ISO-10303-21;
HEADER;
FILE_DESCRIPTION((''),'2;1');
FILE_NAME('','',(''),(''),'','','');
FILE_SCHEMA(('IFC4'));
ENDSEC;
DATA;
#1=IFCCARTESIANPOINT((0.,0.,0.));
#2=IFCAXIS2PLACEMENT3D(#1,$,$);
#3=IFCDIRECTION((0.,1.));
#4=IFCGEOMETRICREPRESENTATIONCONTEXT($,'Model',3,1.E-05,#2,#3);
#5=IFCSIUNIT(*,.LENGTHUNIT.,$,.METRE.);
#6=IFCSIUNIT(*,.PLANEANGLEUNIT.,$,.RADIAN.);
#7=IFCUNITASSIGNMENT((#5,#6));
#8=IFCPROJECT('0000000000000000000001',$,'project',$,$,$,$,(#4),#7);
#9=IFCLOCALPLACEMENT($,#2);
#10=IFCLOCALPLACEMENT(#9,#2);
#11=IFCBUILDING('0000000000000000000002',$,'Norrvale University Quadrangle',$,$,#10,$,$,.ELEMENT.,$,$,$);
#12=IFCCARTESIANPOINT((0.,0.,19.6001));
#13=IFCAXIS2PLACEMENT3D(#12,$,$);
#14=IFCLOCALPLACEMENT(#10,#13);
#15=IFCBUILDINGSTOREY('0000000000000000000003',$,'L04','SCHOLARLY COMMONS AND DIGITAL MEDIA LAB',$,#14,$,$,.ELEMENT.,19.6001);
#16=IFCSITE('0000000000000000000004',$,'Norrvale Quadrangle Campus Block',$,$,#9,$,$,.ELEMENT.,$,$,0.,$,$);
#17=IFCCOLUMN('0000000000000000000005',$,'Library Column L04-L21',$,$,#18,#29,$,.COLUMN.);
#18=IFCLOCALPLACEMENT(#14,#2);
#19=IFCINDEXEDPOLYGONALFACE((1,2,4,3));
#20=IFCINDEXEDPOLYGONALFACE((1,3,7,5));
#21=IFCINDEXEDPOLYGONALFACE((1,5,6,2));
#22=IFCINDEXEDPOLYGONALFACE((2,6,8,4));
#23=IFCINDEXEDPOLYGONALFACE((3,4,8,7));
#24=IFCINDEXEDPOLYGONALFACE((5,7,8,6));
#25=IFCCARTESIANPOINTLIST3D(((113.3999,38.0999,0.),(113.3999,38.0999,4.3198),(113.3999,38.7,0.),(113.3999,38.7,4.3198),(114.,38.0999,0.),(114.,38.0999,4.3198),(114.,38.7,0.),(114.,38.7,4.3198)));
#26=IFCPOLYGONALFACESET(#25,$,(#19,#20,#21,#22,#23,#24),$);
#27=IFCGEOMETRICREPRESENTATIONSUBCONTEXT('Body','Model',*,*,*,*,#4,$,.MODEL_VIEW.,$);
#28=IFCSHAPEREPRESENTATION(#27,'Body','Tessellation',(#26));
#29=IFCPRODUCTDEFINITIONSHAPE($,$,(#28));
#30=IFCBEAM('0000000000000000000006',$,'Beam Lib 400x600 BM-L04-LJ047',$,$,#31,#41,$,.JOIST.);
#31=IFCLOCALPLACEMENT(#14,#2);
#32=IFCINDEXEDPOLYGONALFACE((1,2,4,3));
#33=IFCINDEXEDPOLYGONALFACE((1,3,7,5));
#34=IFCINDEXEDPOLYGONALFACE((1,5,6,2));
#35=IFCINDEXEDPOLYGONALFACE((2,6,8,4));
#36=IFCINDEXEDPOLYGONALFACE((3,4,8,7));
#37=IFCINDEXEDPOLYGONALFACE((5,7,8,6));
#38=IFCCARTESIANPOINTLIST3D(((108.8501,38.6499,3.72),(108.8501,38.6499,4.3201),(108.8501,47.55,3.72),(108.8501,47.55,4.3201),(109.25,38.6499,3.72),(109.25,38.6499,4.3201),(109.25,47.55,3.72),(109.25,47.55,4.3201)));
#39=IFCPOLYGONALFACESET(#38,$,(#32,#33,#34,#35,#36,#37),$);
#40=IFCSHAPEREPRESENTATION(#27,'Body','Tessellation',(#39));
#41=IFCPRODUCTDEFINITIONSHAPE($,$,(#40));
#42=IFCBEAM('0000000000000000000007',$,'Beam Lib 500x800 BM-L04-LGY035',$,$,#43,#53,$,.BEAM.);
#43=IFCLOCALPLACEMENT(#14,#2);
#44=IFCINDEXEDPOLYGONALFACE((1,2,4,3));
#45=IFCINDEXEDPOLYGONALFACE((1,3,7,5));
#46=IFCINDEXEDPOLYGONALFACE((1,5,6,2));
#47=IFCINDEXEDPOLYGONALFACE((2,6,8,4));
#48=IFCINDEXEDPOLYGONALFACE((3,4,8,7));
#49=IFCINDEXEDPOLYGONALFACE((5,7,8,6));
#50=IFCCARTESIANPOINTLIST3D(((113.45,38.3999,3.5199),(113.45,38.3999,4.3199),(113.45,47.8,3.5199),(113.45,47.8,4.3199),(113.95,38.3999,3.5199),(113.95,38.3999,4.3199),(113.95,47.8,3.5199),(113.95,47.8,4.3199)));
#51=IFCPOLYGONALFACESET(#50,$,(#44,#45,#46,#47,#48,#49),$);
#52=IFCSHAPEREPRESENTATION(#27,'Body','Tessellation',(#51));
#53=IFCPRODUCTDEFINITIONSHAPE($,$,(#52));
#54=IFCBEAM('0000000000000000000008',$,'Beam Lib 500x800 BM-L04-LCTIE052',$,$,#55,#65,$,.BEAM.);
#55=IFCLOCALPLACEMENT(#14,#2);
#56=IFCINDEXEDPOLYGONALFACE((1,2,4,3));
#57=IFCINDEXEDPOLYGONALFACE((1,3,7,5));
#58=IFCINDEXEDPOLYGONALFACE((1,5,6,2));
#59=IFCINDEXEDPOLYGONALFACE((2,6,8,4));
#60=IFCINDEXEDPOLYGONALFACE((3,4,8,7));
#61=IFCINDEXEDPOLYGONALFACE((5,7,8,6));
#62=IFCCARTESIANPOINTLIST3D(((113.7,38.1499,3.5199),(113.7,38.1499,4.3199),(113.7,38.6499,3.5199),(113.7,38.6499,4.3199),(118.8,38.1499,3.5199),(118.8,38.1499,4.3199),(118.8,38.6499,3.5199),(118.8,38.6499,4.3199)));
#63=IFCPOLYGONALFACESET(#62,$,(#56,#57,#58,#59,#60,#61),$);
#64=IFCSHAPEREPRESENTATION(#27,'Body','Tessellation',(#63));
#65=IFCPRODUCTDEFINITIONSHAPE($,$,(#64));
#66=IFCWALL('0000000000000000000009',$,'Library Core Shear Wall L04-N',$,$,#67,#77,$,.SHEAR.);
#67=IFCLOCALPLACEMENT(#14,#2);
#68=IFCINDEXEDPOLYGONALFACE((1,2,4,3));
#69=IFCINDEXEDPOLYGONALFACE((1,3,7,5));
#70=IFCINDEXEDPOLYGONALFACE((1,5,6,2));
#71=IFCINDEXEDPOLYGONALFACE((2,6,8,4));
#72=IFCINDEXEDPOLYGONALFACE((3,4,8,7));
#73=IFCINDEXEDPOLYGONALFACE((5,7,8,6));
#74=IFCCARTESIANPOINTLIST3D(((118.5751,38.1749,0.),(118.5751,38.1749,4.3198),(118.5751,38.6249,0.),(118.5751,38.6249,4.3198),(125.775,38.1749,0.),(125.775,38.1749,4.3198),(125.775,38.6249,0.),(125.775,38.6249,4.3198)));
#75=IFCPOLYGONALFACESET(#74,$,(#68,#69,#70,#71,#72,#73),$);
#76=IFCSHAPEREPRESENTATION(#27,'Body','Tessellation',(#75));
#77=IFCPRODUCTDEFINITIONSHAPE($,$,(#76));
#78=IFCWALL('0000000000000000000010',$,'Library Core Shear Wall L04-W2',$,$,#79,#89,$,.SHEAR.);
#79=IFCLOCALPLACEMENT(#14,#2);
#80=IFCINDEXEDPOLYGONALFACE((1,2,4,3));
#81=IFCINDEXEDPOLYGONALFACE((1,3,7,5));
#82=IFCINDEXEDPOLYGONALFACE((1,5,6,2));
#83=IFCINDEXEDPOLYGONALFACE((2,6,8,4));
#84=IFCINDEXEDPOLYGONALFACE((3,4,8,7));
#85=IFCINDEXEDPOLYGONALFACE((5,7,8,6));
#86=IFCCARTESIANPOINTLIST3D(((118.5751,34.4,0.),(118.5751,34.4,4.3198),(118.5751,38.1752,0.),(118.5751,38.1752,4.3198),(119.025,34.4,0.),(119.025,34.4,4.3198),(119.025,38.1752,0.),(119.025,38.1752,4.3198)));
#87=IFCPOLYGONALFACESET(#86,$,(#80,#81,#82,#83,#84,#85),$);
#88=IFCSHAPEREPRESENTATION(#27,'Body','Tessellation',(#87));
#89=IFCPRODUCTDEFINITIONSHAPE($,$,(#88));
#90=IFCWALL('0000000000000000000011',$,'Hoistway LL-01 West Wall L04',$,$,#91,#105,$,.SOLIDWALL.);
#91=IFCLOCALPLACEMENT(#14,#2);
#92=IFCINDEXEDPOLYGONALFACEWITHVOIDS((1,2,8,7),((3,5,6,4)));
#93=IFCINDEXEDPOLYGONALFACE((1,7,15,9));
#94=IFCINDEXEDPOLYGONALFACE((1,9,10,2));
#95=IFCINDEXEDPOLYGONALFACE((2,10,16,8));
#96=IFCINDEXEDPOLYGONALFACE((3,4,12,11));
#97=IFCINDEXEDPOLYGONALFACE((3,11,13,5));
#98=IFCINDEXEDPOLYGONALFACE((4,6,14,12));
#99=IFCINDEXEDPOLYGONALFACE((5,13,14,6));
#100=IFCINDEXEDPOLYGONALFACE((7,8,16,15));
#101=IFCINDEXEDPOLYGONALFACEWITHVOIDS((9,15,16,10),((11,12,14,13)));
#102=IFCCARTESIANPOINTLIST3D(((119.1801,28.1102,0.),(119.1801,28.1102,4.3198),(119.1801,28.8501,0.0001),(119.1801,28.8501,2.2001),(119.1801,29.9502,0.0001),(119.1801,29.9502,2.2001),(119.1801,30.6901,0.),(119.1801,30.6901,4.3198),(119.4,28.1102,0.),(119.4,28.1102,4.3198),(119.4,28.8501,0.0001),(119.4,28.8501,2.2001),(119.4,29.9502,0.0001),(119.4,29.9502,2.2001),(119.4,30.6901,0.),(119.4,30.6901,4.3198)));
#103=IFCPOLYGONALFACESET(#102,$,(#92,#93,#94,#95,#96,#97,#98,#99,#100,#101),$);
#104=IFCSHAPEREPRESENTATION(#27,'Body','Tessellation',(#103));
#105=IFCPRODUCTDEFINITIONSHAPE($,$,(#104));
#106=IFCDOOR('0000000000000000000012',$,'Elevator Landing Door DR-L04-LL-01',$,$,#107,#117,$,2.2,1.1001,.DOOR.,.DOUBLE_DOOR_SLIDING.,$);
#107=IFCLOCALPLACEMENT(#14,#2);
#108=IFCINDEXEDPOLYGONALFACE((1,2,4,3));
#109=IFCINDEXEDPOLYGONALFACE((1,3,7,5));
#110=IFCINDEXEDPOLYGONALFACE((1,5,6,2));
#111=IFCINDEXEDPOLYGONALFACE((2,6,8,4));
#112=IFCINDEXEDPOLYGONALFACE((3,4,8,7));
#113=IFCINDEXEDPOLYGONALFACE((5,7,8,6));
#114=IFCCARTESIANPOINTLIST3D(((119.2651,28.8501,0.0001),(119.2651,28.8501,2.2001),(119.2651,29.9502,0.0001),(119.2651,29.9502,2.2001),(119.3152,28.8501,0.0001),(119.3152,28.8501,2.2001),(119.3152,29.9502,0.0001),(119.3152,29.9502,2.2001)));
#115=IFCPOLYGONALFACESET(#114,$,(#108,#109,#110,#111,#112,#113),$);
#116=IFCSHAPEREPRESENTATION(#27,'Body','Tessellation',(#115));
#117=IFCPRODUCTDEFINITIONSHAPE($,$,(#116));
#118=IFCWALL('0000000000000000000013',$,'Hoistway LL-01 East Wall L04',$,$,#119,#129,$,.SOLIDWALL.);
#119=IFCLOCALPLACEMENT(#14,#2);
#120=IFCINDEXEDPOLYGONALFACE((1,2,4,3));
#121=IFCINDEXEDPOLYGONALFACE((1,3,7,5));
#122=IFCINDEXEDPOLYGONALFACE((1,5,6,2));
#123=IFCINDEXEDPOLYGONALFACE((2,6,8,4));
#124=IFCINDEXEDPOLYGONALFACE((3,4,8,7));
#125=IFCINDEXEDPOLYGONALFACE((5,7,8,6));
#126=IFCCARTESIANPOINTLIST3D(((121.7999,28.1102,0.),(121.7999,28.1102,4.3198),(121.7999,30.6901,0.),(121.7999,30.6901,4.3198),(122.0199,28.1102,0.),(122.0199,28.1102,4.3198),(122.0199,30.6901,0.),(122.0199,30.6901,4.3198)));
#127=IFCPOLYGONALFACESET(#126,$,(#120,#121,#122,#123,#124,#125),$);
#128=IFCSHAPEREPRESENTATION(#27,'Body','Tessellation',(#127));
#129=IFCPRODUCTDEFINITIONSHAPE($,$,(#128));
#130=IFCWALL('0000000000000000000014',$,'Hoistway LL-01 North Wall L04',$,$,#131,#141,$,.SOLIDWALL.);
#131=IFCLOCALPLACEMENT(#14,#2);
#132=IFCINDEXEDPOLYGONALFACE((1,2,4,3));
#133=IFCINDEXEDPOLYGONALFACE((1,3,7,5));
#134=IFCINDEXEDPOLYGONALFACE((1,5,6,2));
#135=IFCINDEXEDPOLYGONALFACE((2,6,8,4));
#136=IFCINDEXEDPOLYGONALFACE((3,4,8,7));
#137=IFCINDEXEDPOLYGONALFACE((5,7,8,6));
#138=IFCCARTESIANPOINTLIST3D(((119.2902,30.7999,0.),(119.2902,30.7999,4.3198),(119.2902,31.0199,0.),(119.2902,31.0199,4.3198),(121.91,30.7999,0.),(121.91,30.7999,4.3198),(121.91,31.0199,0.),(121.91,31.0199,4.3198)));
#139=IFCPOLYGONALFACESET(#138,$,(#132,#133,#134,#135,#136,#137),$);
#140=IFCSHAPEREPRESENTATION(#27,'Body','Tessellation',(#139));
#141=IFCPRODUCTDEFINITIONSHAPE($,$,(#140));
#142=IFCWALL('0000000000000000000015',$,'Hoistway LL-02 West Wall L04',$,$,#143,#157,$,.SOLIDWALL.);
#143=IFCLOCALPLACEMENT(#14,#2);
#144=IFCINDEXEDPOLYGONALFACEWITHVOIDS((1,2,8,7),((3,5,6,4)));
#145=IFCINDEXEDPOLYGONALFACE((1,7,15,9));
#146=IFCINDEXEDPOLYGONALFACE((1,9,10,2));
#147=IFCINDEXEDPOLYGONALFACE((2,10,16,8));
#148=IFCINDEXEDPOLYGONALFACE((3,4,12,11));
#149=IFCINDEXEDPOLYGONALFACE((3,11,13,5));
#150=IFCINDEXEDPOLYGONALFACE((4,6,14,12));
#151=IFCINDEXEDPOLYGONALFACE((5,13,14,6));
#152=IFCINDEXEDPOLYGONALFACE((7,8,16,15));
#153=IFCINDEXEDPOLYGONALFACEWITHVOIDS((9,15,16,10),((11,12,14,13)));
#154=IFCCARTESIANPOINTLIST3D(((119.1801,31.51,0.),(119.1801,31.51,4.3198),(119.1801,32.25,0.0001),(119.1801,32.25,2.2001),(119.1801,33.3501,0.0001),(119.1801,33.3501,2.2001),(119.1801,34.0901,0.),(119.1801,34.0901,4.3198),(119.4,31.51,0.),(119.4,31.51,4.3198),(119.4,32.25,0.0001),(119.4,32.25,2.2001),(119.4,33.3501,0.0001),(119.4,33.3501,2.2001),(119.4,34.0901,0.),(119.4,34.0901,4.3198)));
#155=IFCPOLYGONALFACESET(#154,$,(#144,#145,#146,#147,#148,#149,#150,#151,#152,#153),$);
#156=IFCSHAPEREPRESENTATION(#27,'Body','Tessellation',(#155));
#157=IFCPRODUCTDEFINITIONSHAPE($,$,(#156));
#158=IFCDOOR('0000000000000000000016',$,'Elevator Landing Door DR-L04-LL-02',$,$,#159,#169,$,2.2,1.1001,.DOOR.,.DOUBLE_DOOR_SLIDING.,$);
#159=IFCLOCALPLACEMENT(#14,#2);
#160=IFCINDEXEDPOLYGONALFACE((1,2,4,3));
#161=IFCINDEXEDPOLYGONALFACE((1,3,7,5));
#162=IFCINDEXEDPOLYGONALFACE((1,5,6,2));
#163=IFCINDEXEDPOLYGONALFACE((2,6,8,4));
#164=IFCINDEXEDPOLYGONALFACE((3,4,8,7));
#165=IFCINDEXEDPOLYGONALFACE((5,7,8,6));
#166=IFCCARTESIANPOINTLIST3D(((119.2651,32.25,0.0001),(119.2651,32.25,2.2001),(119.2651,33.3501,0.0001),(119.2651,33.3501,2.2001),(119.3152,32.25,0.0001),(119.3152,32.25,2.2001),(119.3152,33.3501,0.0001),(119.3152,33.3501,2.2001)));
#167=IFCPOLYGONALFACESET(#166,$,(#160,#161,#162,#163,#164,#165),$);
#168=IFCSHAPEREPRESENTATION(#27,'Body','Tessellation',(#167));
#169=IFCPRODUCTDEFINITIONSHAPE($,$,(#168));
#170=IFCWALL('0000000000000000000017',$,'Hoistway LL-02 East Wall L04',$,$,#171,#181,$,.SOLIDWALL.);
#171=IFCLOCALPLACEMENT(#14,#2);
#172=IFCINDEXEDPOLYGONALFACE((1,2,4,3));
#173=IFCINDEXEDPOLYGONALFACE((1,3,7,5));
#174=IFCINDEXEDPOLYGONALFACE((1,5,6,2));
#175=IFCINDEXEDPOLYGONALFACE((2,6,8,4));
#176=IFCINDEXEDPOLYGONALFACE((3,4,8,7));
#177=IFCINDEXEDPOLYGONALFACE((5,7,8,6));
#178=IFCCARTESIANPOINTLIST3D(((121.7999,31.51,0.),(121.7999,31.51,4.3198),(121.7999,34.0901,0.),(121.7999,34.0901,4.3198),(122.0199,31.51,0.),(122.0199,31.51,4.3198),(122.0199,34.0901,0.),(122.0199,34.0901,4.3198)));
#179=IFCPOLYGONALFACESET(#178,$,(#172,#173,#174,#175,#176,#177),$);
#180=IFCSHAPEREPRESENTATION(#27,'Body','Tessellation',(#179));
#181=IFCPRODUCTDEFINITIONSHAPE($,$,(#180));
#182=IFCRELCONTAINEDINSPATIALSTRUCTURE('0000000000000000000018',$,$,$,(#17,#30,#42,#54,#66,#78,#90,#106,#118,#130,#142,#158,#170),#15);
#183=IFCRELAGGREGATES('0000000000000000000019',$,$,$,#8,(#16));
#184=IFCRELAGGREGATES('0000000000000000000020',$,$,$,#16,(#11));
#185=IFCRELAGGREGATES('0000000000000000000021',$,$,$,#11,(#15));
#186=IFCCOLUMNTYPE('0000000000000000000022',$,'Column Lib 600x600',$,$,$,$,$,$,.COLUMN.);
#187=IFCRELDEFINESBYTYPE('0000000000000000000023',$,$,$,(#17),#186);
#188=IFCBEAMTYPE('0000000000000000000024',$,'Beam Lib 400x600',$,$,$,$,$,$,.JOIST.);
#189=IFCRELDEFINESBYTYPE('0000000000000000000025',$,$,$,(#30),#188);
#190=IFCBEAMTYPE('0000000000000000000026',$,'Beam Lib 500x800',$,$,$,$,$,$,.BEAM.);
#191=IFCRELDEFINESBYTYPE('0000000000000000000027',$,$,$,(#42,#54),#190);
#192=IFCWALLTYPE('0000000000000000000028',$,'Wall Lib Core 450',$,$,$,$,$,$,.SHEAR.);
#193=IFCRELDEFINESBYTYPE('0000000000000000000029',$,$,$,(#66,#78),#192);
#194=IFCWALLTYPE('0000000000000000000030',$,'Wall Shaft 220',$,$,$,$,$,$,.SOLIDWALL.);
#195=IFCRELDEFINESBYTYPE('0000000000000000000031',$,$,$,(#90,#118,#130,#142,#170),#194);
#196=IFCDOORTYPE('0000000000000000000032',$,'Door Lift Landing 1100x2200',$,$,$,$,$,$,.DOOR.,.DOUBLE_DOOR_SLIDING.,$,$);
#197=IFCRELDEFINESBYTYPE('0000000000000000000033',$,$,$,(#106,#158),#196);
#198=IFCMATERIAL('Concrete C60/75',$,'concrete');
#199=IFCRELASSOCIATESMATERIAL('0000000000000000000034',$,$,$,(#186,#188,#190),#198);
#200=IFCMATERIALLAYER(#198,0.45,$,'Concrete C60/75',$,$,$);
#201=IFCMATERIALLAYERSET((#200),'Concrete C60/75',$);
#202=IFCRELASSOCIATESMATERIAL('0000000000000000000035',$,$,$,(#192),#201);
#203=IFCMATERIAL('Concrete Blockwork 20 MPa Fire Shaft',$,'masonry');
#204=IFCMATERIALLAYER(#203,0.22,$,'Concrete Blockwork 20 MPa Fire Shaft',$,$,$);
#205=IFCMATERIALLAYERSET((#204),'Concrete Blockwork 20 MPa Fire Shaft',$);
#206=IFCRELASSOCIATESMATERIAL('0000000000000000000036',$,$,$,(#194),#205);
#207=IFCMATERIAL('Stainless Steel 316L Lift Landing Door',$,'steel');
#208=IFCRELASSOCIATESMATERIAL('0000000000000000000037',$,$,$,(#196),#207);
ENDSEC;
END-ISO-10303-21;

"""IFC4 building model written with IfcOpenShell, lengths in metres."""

from ifc_helpers import new_model, si_unit, direction, frame, frame_2d, origin, origin_2d, place, context, subcontext, project, spatial, rectangle, extrude, material, layer, layer_set, material_profile, profile_set, type_object, element, fill, save


model = new_model("IFC4")

# Units and contexts
model_context = context("Model", 3, precision=1e-05, world=origin(), true_north=direction((0.0, 1.0)))
body_context = subcontext(model_context, "Body", "Model", "MODEL_VIEW")
ifc_project = project(units=[si_unit("LENGTHUNIT", "METRE"), si_unit("PLANEANGLEUNIT", "RADIAN")], contexts=[model_context])

# Site, building, storey
site_placement = place(None, origin())
site = spatial("IfcSite", under=ifc_project, at=site_placement, Name="Norrvale Quadrangle Campus Block", CompositionType="ELEMENT", RefElevation=0.0)
building_placement = place(site_placement, origin())
building = spatial("IfcBuilding", under=site, at=building_placement, Name="Norrvale University Quadrangle", CompositionType="ELEMENT")
storey_placement = place(building_placement, frame((0.0, 0.0, 19.6001)))
storey = spatial("IfcBuildingStorey", under=building, at=storey_placement, Name="L04", Description="SCHOLARLY COMMONS AND DIGITAL MEDIA LAB", CompositionType="ELEMENT", Elevation=19.6001)

# Column
ifc_material_1 = material(Name="Concrete C60/75", Category="concrete")
ifc_material_profile_1 = material_profile(ifc_material_1, rectangle(XDim=0.6001, YDim=0.6001, at=origin_2d()), Name="Concrete C60/75")
ifc_profile_set_1 = profile_set([ifc_material_profile_1], Name="Concrete C60/75")
column_type = type_object("IfcColumnType", Name="Column Lib 600x600", PredefinedType="COLUMN", material=ifc_profile_set_1)
column_placement = place(storey_placement, frame((113.7, 38.3999, 0.0), z_axis=(0.0, 0.0, 1.0), x_axis=(1.0, 0.0, 0.0)))
element("IfcColumn", 1, at=column_placement, inside=storey, type_object=column_type, Name="Library Column L04-L21", PredefinedType="COLUMN", context=body_context, shape_type="SweptSolid", body=[
    extrude(rectangle(XDim=0.6001, YDim=0.6001, at=origin_2d()), origin(), (0.0, 0.0, 1.0), 4.3198),
])

# Beams
ifc_material_profile_2 = material_profile(ifc_material_1, rectangle(XDim=0.3999, YDim=0.6001, at=origin_2d()), Name="Concrete C60/75")
ifc_profile_set_2 = profile_set([ifc_material_profile_2], Name="Concrete C60/75")
beam_type_1 = type_object("IfcBeamType", Name="Beam Lib 400x600", PredefinedType="JOIST", material=ifc_profile_set_2)
beam_1_placement = place(storey_placement, frame((109.05, 38.6499, 4.02), z_axis=(0.0, 1.0, 0.0), x_axis=(-1.0, 0.0, 0.0)))
element("IfcBeam", 2, at=beam_1_placement, inside=storey, type_object=beam_type_1, Name="Beam Lib 400x600 BM-L04-LJ047", PredefinedType="JOIST", context=body_context, shape_type="SweptSolid", body=[
    extrude(rectangle(XDim=0.3999, YDim=0.6001, at=origin_2d()), origin(), (0.0, 0.0, 1.0), 8.9001),
])
ifc_material_profile_3 = material_profile(ifc_material_1, rectangle(XDim=0.5, YDim=0.8, at=origin_2d()), Name="Concrete C60/75")
ifc_profile_set_3 = profile_set([ifc_material_profile_3], Name="Concrete C60/75")
beam_type_2 = type_object("IfcBeamType", Name="Beam Lib 500x800", PredefinedType="BEAM", material=ifc_profile_set_3)
beam_2_placement = place(storey_placement, frame((113.7, 38.3999, 3.9199), z_axis=(0.0, 1.0, 0.0), x_axis=(-1.0, 0.0, 0.0)))
element("IfcBeam", 3, at=beam_2_placement, inside=storey, type_object=beam_type_2, Name="Beam Lib 500x800 BM-L04-LGY035", PredefinedType="BEAM", context=body_context, shape_type="SweptSolid", body=[
    extrude(rectangle(XDim=0.5, YDim=0.8, at=origin_2d()), origin(), (0.0, 0.0, 1.0), 9.4001),
])
beam_3_placement = place(storey_placement, frame((113.7, 38.3999, 3.9199), z_axis=(1.0, 0.0, 0.0), x_axis=(0.0, 1.0, 0.0)))
element("IfcBeam", 4, at=beam_3_placement, inside=storey, type_object=beam_type_2, Name="Beam Lib 500x800 BM-L04-LCTIE052", PredefinedType="BEAM", context=body_context, shape_type="SweptSolid", body=[
    extrude(rectangle(XDim=0.5, YDim=0.8, at=origin_2d()), origin(), (0.0, 0.0, 1.0), 5.1001),
])

# Walls
ifc_layer_1 = layer(ifc_material_1, 0.45, Name="Concrete C60/75")
ifc_layer_set_1 = layer_set([ifc_layer_1], Name="Concrete C60/75")
wall_type_1 = type_object("IfcWallType", Name="Wall Lib Core 450", PredefinedType="SHEAR", material=ifc_layer_set_1)
wall_1_placement = place(storey_placement, frame((118.575, 38.3999, 0.0), z_axis=(0.0, 0.0, 1.0), x_axis=(1.0, 0.0, 0.0)))
element("IfcWall", 5, at=wall_1_placement, inside=storey, type_object=wall_type_1, Name="Library Core Shear Wall L04-N", PredefinedType="SHEAR", context=body_context, shape_type="SweptSolid", body=[
    extrude(rectangle(XDim=7.2, YDim=0.45, at=frame_2d((3.6001, 0.0))), origin(), (0.0, 0.0, 1.0), 4.3198),
])
wall_2_placement = place(storey_placement, frame((118.8, 34.3999, 0.0), z_axis=(0.0, 0.0, 1.0), x_axis=(0.0, 1.0, 0.0)))
element("IfcWall", 6, at=wall_2_placement, inside=storey, type_object=wall_type_1, Name="Library Core Shear Wall L04-W2", PredefinedType="SHEAR", context=body_context, shape_type="SweptSolid", body=[
    extrude(rectangle(XDim=3.7751, YDim=0.45, at=frame_2d((1.8877, 0.0))), origin(), (0.0, 0.0, 1.0), 4.3198),
])

# Wall, opening, door
ifc_material_2 = material(Name="Concrete Blockwork 20 MPa Fire Shaft", Category="masonry")
ifc_layer_2 = layer(ifc_material_2, 0.22, Name="Concrete Blockwork 20 MPa Fire Shaft")
ifc_layer_set_2 = layer_set([ifc_layer_2], Name="Concrete Blockwork 20 MPa Fire Shaft")
wall_type_2 = type_object("IfcWallType", Name="Wall Shaft 220", PredefinedType="SOLIDWALL", material=ifc_layer_set_2)
wall_3_placement = place(storey_placement, frame((119.29, 28.1101, 0.0), z_axis=(0.0, 0.0, 1.0), x_axis=(0.0, 1.0, 0.0)))
wall_3 = element("IfcWall", 7, at=wall_3_placement, inside=storey, type_object=wall_type_2, Name="Hoistway LL-01 West Wall L04", PredefinedType="SOLIDWALL", context=body_context, shape_type="SweptSolid", body=[
    extrude(rectangle(XDim=2.5798, YDim=0.22, at=frame_2d((1.29, 0.0))), origin(), (0.0, 0.0, 1.0), 4.3198),
])
opening_1_placement = place(wall_3_placement, frame((0.74, 0.0, 0.0)))
opening_1 = element("IfcOpeningElement", 8, at=opening_1_placement, cuts=wall_3, PredefinedType="OPENING", context=body_context, shape_type="SweptSolid", body=[
    extrude(rectangle(XDim=1.1001, YDim=2.2, at=frame_2d((0.55, 1.1001))), frame((0.0, 0.1221, 0.0), z_axis=(0.0, -1.0, 0.0), x_axis=(1.0, 0.0, 0.0)), (0.0, 0.0, 1.0), 0.2439),
])
ifc_material_3 = material(Name="Stainless Steel 316L Lift Landing Door", Category="steel")
door_type_1 = type_object("IfcDoorType", Name="Door Lift Landing 1100x2200", OperationType="DOUBLE_DOOR_SLIDING", PredefinedType="DOOR", material=ifc_material_3)
door_1_placement = place(opening_1_placement, origin())
door_1 = element("IfcDoor", 9, at=door_1_placement, inside=storey, type_object=door_type_1, Name="Elevator Landing Door DR-L04-LL-01", OperationType="DOUBLE_DOOR_SLIDING", OverallHeight=2.2, OverallWidth=1.1001, PredefinedType="DOOR", context=body_context, shape_type="SweptSolid", body=[
    extrude(rectangle(XDim=1.1001, YDim=2.2, at=frame_2d((0.55, 1.1001))), frame((0.0, 0.0249, 0.0), z_axis=(0.0, -1.0, 0.0), x_axis=(1.0, 0.0, 0.0)), (0.0, 0.0, 1.0), 0.05),
])
fill(opening_1, door_1)

# Walls
wall_4_placement = place(storey_placement, frame((121.9099, 28.1101, 0.0), z_axis=(0.0, 0.0, 1.0), x_axis=(0.0, 1.0, 0.0)))
element("IfcWall", 10, at=wall_4_placement, inside=storey, type_object=wall_type_2, Name="Hoistway LL-01 East Wall L04", PredefinedType="SOLIDWALL", context=body_context, shape_type="SweptSolid", body=[
    extrude(rectangle(XDim=2.5798, YDim=0.22, at=frame_2d((1.29, 0.0))), origin(), (0.0, 0.0, 1.0), 4.3198),
])
wall_5_placement = place(storey_placement, frame((119.29, 30.9099, 0.0), z_axis=(0.0, 0.0, 1.0), x_axis=(1.0, 0.0, 0.0)))
element("IfcWall", 11, at=wall_5_placement, inside=storey, type_object=wall_type_2, Name="Hoistway LL-01 North Wall L04", PredefinedType="SOLIDWALL", context=body_context, shape_type="SweptSolid", body=[
    extrude(rectangle(XDim=2.6199, YDim=0.22, at=frame_2d((1.3101, 0.0))), origin(), (0.0, 0.0, 1.0), 4.3198),
])

# Wall, opening, door
wall_6_placement = place(storey_placement, frame((119.29, 31.51, 0.0), z_axis=(0.0, 0.0, 1.0), x_axis=(0.0, 1.0, 0.0)))
wall_6 = element("IfcWall", 12, at=wall_6_placement, inside=storey, type_object=wall_type_2, Name="Hoistway LL-02 West Wall L04", PredefinedType="SOLIDWALL", context=body_context, shape_type="SweptSolid", body=[
    extrude(rectangle(XDim=2.5801, YDim=0.22, at=frame_2d((1.29, 0.0))), origin(), (0.0, 0.0, 1.0), 4.3198),
])
opening_2_placement = place(wall_6_placement, frame((0.74, 0.0, 0.0)))
opening_2 = element("IfcOpeningElement", 13, at=opening_2_placement, cuts=wall_6, PredefinedType="OPENING", context=body_context, shape_type="SweptSolid", body=[
    extrude(rectangle(XDim=1.1001, YDim=2.2, at=frame_2d((0.55, 1.1001))), frame((0.0, 0.1221, 0.0), z_axis=(0.0, -1.0, 0.0), x_axis=(1.0, 0.0, 0.0)), (0.0, 0.0, 1.0), 0.2439),
])
door_2_placement = place(opening_2_placement, origin())
door_2 = element("IfcDoor", 14, at=door_2_placement, inside=storey, type_object=door_type_1, Name="Elevator Landing Door DR-L04-LL-02", OperationType="DOUBLE_DOOR_SLIDING", OverallHeight=2.2, OverallWidth=1.1001, PredefinedType="DOOR", context=body_context, shape_type="SweptSolid", body=[
    extrude(rectangle(XDim=1.1001, YDim=2.2, at=frame_2d((0.55, 1.1001))), frame((0.0, 0.0249, 0.0), z_axis=(0.0, -1.0, 0.0), x_axis=(1.0, 0.0, 0.0)), (0.0, 0.0, 1.0), 0.05),
])
fill(opening_2, door_2)

# Wall
wall_7_placement = place(storey_placement, frame((121.9099, 31.51, 0.0), z_axis=(0.0, 0.0, 1.0), x_axis=(0.0, 1.0, 0.0)))
element("IfcWall", 15, at=wall_7_placement, inside=storey, type_object=wall_type_2, Name="Hoistway LL-02 East Wall L04", PredefinedType="SOLIDWALL", context=body_context, shape_type="SweptSolid", body=[
    extrude(rectangle(XDim=2.5801, YDim=0.22, at=frame_2d((1.29, 0.0))), origin(), (0.0, 0.0, 1.0), 4.3198),
])

save(model, "model.ifc")
